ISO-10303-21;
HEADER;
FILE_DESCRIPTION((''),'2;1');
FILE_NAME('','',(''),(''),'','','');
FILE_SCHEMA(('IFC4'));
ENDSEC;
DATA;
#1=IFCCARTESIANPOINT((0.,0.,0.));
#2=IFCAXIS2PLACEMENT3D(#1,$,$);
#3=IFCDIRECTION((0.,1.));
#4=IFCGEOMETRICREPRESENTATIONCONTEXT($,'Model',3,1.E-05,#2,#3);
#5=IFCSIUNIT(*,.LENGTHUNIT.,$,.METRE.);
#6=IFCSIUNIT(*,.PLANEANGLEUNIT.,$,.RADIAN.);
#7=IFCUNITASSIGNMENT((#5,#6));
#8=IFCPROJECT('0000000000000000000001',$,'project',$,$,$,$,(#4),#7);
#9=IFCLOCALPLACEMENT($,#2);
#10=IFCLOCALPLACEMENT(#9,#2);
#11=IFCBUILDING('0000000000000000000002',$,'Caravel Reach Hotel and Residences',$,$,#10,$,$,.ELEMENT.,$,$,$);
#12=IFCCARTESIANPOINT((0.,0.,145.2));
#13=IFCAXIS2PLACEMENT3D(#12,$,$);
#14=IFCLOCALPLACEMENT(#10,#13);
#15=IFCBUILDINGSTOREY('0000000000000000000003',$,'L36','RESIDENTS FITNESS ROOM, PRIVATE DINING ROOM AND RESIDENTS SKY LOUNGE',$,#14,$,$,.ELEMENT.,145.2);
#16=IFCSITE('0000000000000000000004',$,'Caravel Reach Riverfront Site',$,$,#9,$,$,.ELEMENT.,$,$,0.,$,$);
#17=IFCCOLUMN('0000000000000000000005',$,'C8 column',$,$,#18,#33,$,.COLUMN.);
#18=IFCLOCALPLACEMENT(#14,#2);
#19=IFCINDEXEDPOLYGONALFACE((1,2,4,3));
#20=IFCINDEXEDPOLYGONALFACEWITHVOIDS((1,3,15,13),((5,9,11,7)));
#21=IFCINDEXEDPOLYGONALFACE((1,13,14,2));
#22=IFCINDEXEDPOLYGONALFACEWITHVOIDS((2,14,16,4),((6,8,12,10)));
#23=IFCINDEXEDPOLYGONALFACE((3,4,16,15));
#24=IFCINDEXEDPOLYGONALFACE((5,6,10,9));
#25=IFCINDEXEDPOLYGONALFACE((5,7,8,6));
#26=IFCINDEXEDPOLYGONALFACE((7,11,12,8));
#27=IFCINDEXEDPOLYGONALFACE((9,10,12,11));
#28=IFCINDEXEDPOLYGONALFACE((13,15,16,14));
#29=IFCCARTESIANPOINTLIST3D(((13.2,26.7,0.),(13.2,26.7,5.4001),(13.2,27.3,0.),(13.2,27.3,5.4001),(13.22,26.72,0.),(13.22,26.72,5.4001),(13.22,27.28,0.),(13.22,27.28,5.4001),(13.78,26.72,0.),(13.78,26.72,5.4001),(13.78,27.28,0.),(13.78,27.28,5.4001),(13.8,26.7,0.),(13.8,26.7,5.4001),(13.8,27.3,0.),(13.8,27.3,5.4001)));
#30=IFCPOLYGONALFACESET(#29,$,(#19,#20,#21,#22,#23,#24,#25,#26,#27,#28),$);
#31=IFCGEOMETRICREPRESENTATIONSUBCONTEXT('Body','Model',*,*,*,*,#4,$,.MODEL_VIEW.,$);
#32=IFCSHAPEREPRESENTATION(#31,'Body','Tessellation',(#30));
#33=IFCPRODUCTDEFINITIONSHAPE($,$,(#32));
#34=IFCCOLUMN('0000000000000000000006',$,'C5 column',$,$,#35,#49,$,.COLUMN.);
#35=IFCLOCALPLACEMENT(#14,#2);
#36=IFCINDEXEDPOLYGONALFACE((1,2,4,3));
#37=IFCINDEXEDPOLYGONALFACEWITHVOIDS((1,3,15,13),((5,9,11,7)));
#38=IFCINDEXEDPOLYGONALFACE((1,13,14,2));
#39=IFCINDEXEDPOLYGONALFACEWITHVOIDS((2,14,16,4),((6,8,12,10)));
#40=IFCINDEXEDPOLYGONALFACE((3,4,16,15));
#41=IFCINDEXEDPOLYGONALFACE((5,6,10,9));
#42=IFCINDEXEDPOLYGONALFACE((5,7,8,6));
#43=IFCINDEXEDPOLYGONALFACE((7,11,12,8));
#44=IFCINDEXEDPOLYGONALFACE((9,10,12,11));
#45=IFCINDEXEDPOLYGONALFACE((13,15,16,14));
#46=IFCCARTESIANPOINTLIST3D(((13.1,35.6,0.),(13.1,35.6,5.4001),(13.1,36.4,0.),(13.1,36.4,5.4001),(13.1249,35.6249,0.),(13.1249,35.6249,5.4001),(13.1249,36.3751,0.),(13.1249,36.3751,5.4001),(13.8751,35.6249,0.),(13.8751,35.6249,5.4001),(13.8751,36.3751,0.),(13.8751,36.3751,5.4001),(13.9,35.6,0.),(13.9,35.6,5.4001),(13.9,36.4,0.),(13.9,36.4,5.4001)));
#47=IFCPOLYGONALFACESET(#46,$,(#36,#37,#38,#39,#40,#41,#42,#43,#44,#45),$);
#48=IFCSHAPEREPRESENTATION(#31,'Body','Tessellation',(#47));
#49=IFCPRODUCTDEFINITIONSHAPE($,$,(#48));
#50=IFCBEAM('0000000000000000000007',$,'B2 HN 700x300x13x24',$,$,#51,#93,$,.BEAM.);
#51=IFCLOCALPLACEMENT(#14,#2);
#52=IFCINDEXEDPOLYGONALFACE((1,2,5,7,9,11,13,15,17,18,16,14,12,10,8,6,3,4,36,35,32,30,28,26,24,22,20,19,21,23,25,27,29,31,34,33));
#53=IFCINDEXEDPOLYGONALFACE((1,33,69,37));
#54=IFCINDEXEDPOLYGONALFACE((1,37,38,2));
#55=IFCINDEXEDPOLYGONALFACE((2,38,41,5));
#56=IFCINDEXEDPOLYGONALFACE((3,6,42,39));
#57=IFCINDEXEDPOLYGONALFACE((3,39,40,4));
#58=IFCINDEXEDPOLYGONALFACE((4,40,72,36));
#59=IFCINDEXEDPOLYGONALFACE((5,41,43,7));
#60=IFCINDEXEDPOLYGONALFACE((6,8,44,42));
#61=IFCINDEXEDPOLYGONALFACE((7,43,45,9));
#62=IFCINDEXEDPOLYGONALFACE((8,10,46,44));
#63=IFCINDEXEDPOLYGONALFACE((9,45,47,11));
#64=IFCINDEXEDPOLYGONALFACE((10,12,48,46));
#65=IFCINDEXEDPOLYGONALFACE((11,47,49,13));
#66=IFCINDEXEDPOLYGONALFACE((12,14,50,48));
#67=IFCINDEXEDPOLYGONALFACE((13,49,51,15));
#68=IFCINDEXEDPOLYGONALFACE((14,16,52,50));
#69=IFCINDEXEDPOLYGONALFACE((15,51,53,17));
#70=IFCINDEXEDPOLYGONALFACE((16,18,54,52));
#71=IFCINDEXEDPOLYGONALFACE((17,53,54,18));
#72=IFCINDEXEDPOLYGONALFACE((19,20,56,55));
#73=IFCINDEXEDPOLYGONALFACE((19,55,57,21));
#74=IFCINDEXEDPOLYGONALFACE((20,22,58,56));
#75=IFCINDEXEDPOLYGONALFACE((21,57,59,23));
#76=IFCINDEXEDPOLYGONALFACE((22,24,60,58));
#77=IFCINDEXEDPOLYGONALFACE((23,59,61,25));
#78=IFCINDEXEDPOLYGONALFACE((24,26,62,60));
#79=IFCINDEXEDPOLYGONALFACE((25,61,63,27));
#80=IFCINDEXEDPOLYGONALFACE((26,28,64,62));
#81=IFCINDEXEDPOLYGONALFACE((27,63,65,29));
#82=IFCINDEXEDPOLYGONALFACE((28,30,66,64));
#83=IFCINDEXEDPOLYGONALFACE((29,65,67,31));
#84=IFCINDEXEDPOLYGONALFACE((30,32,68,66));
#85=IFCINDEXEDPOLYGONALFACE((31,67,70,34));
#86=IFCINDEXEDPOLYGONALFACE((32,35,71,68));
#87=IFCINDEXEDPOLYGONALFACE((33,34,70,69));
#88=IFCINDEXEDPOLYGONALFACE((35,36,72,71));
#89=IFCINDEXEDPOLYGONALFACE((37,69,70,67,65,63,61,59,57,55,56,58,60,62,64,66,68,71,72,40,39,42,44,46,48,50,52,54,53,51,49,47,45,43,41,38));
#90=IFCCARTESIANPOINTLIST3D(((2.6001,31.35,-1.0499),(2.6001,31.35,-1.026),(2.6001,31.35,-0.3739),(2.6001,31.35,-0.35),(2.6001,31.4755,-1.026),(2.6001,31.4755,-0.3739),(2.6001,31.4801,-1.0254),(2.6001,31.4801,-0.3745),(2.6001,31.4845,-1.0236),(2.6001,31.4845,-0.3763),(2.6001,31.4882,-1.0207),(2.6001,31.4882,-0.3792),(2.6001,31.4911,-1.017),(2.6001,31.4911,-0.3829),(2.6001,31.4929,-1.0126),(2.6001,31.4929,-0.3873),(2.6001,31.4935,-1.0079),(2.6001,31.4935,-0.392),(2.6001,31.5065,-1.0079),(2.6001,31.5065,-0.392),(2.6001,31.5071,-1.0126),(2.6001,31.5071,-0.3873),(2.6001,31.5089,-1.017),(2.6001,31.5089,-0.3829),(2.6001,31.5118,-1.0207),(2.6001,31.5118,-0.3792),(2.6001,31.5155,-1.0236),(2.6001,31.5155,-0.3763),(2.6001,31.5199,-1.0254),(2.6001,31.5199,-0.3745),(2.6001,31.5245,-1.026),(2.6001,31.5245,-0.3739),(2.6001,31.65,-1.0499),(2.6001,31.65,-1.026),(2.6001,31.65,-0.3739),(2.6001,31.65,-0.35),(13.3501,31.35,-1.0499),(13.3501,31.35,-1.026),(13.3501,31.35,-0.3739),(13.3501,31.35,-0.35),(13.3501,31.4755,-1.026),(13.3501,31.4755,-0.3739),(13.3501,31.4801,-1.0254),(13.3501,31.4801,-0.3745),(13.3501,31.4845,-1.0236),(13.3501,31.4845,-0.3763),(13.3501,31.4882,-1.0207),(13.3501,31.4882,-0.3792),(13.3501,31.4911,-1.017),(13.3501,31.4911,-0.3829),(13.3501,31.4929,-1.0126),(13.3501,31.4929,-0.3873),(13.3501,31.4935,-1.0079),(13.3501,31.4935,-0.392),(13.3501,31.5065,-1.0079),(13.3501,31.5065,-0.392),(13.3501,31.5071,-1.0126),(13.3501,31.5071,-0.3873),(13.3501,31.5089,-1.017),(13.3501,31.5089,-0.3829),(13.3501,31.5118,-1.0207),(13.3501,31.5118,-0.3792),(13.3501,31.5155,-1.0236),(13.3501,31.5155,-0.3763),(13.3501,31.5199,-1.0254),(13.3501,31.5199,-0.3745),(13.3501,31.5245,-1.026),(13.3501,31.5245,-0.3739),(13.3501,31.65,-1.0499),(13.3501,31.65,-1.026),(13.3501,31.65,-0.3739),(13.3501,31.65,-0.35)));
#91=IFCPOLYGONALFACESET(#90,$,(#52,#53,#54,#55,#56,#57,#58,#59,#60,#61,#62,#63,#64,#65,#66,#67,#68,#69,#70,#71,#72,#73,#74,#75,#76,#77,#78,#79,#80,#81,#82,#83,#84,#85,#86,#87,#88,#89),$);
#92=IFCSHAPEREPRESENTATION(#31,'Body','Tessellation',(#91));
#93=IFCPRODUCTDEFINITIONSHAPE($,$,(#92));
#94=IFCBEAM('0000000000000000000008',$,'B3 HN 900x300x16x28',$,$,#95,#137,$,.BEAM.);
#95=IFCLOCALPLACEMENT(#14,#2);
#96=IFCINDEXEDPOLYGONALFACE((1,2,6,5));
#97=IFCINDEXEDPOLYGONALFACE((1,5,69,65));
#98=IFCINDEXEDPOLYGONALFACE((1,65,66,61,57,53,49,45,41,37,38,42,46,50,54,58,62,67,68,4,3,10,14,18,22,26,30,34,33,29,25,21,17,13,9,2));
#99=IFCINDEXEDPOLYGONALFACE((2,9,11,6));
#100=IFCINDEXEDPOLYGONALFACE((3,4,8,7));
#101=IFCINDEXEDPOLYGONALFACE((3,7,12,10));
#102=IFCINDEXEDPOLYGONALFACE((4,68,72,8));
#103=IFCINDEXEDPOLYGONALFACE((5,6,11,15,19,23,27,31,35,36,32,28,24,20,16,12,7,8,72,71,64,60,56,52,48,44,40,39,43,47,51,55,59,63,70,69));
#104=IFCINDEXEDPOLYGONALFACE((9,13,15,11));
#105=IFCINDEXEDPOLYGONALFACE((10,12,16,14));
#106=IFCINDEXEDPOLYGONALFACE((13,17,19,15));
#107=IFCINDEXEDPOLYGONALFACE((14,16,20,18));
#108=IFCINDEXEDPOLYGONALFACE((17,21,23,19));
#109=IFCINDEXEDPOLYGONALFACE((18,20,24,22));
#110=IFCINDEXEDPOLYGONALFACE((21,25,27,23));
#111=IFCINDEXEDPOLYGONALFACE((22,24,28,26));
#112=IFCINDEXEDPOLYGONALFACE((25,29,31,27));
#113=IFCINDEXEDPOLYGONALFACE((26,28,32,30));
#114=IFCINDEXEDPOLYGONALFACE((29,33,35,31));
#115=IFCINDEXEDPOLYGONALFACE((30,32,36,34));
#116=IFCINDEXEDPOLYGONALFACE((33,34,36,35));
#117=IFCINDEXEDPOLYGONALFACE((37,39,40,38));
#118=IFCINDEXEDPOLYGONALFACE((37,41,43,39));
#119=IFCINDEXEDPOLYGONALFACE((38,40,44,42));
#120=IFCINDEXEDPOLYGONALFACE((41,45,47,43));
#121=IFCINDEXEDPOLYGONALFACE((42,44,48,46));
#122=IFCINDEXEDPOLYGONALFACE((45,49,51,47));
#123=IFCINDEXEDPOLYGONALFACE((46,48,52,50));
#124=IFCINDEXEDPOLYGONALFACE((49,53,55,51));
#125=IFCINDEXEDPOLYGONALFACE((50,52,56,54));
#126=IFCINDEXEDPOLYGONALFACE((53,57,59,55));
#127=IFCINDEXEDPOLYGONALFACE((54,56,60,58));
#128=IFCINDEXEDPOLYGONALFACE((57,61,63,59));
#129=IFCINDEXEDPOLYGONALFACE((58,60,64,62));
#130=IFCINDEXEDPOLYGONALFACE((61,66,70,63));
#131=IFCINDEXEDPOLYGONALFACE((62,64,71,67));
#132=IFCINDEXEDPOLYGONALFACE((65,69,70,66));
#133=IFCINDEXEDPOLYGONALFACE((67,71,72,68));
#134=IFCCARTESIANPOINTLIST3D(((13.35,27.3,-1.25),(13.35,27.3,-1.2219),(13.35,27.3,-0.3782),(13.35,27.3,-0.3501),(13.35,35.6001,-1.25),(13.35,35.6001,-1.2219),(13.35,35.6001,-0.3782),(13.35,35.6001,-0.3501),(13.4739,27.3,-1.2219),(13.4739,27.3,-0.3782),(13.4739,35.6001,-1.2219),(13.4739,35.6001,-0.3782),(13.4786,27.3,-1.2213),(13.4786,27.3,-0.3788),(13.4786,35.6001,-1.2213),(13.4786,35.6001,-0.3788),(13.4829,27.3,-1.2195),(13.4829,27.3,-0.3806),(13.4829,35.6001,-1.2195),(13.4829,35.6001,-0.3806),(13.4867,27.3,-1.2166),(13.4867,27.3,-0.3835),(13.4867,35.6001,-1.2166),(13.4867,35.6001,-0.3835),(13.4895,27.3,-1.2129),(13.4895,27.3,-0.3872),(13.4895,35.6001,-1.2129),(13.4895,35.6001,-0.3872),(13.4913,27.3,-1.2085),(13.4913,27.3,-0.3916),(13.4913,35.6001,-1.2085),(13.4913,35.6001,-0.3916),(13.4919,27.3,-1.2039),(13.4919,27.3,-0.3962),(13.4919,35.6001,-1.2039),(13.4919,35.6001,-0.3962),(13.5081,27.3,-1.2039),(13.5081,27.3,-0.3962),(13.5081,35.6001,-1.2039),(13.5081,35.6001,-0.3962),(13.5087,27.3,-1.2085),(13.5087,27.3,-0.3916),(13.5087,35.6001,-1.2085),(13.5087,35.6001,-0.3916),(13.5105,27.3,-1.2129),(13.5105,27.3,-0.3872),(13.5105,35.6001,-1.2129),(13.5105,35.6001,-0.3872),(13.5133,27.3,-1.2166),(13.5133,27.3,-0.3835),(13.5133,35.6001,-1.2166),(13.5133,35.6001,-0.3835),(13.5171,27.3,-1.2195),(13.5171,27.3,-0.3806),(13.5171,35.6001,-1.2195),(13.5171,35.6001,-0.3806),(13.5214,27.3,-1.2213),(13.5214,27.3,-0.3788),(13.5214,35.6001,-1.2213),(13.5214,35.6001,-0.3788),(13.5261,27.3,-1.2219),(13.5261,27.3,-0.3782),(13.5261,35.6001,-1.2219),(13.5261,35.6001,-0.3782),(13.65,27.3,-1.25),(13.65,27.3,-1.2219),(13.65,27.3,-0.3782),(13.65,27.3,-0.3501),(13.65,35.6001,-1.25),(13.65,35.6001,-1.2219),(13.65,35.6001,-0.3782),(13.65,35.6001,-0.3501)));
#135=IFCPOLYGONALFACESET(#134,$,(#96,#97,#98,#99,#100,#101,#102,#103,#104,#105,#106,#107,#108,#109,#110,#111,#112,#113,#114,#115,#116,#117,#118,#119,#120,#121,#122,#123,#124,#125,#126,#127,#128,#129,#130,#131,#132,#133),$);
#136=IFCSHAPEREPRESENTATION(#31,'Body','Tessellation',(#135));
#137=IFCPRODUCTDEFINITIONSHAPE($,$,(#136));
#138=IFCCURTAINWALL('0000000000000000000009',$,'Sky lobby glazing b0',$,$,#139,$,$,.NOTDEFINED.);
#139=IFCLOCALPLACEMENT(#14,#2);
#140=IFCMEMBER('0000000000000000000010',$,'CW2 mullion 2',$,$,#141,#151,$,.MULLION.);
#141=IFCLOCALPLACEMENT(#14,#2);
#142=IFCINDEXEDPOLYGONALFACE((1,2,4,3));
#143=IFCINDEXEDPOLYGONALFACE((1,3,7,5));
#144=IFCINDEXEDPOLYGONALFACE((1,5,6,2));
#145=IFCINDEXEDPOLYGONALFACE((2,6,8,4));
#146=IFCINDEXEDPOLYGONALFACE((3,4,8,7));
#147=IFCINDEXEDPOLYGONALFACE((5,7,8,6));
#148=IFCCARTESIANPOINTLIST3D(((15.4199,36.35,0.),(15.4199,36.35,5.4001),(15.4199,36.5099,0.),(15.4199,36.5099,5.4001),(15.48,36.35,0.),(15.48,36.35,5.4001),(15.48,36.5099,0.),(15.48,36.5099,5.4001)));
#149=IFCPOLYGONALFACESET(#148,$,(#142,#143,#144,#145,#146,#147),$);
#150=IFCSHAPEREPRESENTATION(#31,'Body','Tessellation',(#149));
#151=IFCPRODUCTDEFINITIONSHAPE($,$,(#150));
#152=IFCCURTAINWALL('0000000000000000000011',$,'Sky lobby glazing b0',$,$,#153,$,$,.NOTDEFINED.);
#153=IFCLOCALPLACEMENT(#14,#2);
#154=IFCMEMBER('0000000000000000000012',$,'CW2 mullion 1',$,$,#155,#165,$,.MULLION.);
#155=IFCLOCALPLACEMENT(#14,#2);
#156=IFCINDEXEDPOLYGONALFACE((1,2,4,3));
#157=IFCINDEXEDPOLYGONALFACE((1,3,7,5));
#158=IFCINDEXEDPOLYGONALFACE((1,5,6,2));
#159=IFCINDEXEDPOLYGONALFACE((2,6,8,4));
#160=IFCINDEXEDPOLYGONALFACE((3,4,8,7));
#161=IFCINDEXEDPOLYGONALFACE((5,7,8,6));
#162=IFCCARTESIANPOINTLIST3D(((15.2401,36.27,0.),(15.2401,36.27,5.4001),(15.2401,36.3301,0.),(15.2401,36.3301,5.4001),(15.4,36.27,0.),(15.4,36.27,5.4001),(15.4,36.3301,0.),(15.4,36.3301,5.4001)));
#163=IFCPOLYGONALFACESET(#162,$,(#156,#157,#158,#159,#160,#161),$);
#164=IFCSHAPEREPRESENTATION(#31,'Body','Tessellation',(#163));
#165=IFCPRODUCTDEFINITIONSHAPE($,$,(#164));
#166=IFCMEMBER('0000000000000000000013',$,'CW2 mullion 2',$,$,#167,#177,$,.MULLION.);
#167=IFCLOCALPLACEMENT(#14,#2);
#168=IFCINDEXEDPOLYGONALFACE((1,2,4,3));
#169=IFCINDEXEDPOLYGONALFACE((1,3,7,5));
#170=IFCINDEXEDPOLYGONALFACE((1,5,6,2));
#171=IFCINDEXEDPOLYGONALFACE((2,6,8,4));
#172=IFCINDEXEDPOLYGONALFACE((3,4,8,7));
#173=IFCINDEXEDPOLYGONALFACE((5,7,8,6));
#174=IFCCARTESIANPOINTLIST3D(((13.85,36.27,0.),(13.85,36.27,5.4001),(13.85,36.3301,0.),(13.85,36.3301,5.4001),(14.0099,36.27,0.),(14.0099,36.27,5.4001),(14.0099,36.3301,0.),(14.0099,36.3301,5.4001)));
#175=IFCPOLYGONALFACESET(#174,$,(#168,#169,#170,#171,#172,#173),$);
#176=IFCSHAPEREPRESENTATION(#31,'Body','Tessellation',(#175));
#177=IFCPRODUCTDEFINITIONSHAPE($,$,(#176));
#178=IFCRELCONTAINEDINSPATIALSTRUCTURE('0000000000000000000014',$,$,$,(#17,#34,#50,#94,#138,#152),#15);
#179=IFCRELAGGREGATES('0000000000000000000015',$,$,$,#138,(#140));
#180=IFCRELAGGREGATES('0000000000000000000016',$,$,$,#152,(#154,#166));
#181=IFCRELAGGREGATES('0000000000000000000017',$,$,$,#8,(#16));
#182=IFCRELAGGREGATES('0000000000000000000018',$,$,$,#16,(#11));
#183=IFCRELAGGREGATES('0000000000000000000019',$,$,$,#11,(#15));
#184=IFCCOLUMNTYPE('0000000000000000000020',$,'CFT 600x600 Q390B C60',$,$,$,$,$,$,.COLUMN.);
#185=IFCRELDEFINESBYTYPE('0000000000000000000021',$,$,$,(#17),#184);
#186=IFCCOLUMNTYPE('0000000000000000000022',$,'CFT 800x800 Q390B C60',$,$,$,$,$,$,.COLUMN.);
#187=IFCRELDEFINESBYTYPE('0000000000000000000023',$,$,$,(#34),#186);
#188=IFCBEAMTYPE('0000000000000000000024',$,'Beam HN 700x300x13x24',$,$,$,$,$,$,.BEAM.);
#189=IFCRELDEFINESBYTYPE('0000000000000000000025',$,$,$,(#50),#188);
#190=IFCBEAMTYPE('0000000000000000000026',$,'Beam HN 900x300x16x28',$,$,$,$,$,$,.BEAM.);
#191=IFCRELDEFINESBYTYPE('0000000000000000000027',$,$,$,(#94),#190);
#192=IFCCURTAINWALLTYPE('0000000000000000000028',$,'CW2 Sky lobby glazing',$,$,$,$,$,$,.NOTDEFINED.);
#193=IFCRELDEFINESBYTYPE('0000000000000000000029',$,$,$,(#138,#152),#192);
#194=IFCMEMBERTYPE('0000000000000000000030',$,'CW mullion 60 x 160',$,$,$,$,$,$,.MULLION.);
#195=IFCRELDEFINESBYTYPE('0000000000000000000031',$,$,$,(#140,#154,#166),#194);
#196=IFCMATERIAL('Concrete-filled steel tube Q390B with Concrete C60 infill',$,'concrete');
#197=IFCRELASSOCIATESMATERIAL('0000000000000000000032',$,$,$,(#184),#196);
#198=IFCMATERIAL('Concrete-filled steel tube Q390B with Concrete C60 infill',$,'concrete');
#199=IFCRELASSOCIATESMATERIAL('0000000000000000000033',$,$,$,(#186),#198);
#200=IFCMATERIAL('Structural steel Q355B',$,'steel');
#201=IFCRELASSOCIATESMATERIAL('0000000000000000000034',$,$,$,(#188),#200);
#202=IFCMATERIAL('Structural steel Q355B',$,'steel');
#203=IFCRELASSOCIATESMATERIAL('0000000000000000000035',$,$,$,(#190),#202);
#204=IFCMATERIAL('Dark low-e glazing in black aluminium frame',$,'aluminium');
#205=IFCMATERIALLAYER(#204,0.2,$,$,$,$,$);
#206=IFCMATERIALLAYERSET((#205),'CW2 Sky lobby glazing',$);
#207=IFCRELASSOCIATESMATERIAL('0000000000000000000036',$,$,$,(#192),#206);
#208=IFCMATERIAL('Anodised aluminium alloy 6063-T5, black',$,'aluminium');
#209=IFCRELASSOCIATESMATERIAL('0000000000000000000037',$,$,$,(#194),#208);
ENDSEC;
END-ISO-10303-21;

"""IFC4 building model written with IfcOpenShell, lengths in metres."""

from ifc_helpers import new_model, si_unit, direction, frame, origin, origin_2d, place, context, subcontext, project, spatial, rectangle, hollow_rectangle, i_section, extrude, material, layer, layer_set, material_profile, profile_set, type_object, element, aggregate, save


model = new_model("IFC4")

# Units and contexts
model_context = context("Model", 3, precision=1e-05, world=origin(), true_north=direction((0.0, 1.0)))
body_context = subcontext(model_context, "Body", "Model", "MODEL_VIEW")
ifc_project = project(units=[si_unit("LENGTHUNIT", "METRE"), si_unit("PLANEANGLEUNIT", "RADIAN")], contexts=[model_context])

# Site, building, storey
site_placement = place(None, origin())
site = spatial("IfcSite", under=ifc_project, at=site_placement, Name="Caravel Reach Riverfront Site", CompositionType="ELEMENT", RefElevation=0.0)
building_placement = place(site_placement, origin())
building = spatial("IfcBuilding", under=site, at=building_placement, Name="Caravel Reach Hotel and Residences", CompositionType="ELEMENT")
storey_placement = place(building_placement, frame((0.0, 0.0, 145.2)))
storey = spatial("IfcBuildingStorey", under=building, at=storey_placement, Name="L36", Description="RESIDENTS FITNESS ROOM, PRIVATE DINING ROOM AND RESIDENTS SKY LOUNGE", CompositionType="ELEMENT", Elevation=145.2)

# Columns
ifc_material_1 = material(Name="Concrete-filled steel tube Q390B with Concrete C60 infill", Category="concrete")
ifc_material_profile_1 = material_profile(ifc_material_1, hollow_rectangle(XDim=0.6001, YDim=0.6001, WallThickness=0.02, at=origin_2d()), Name="RHS 600x600x20")
ifc_profile_set_1 = profile_set([ifc_material_profile_1], Name="Concrete-filled steel tube Q390B with Concrete C60 infill")
column_type_1 = type_object("IfcColumnType", Name="CFT 600x600 Q390B C60", PredefinedType="COLUMN", material=ifc_profile_set_1)
column_1_placement = place(storey_placement, frame((13.5, 27.0, 0.0), z_axis=(0.0, 0.0, 1.0), x_axis=(1.0, 0.0, 0.0)))
element("IfcColumn", 1, at=column_1_placement, inside=storey, type_object=column_type_1, Name="C8 column", PredefinedType="COLUMN", context=body_context, shape_type="SweptSolid", body=[
    extrude(hollow_rectangle(XDim=0.6001, YDim=0.6001, WallThickness=0.02, at=origin_2d()), origin(), (0.0, 0.0, 1.0), 5.4001),
])
ifc_material_2 = material(Name="Concrete-filled steel tube Q390B with Concrete C60 infill", Category="concrete")
ifc_material_profile_2 = material_profile(ifc_material_2, hollow_rectangle(XDim=0.8, YDim=0.8, WallThickness=0.0249, at=origin_2d()), Name="RHS 800x800x25")
ifc_profile_set_2 = profile_set([ifc_material_profile_2], Name="Concrete-filled steel tube Q390B with Concrete C60 infill")
column_type_2 = type_object("IfcColumnType", Name="CFT 800x800 Q390B C60", PredefinedType="COLUMN", material=ifc_profile_set_2)
column_2_placement = place(storey_placement, frame((13.5, 36.0, 0.0), z_axis=(0.0, 0.0, 1.0), x_axis=(1.0, 0.0, 0.0)))
element("IfcColumn", 2, at=column_2_placement, inside=storey, type_object=column_type_2, Name="C5 column", PredefinedType="COLUMN", context=body_context, shape_type="SweptSolid", body=[
    extrude(hollow_rectangle(XDim=0.8, YDim=0.8, WallThickness=0.0249, at=origin_2d()), origin(), (0.0, 0.0, 1.0), 5.4001),
])

# Beams
ifc_material_3 = material(Name="Structural steel Q355B", Category="steel")
ifc_material_profile_3 = material_profile(ifc_material_3, i_section(OverallWidth=0.3, OverallDepth=0.7, WebThickness=0.0129, FlangeThickness=0.0239, FilletRadius=0.0181, at=origin_2d()), Name="HN 700x300x13x24")
ifc_profile_set_3 = profile_set([ifc_material_profile_3], Name="Structural steel Q355B")
beam_type_1 = type_object("IfcBeamType", Name="Beam HN 700x300x13x24", PredefinedType="BEAM", material=ifc_profile_set_3)
beam_1_placement = place(storey_placement, frame((13.3501, 31.5, -0.7), z_axis=(-1.0, 0.0, 0.0), x_axis=(0.0, -1.0, 0.0)))
element("IfcBeam", 3, at=beam_1_placement, inside=storey, type_object=beam_type_1, Name="B2 HN 700x300x13x24", PredefinedType="BEAM", context=body_context, shape_type="SweptSolid", body=[
    extrude(i_section(OverallWidth=0.3, OverallDepth=0.7, WebThickness=0.0129, FlangeThickness=0.0239, FilletRadius=0.0181, at=origin_2d()), origin(), (0.0, 0.0, 1.0), 10.75),
])
ifc_material_4 = material(Name="Structural steel Q355B", Category="steel")
ifc_material_profile_4 = material_profile(ifc_material_4, i_section(OverallWidth=0.3, OverallDepth=0.8999, WebThickness=0.0161, FlangeThickness=0.0281, FilletRadius=0.0181, at=origin_2d()), Name="HN 900x300x16x28")
ifc_profile_set_4 = profile_set([ifc_material_profile_4], Name="Structural steel Q355B")
beam_type_2 = type_object("IfcBeamType", Name="Beam HN 900x300x16x28", PredefinedType="BEAM", material=ifc_profile_set_4)
beam_2_placement = place(storey_placement, frame((13.5, 27.3, -0.8), z_axis=(0.0, 1.0, 0.0), x_axis=(-1.0, 0.0, 0.0)))
element("IfcBeam", 4, at=beam_2_placement, inside=storey, type_object=beam_type_2, Name="B3 HN 900x300x16x28", PredefinedType="BEAM", context=body_context, shape_type="SweptSolid", body=[
    extrude(i_section(OverallWidth=0.3, OverallDepth=0.8999, WebThickness=0.0161, FlangeThickness=0.0281, FilletRadius=0.0181, at=origin_2d()), origin(), (0.0, 0.0, 1.0), 8.3),
])

# Curtain wall, member
ifc_material_5 = material(Name="Dark low-e glazing in black aluminium frame", Category="aluminium")
ifc_layer_1 = layer(ifc_material_5, 0.2)
ifc_layer_set_1 = layer_set([ifc_layer_1], Name="CW2 Sky lobby glazing")
curtain_wall_type = type_object("IfcCurtainWallType", Name="CW2 Sky lobby glazing", PredefinedType="NOTDEFINED", material=ifc_layer_set_1)
curtain_wall_1_placement = place(storey_placement, origin())
curtain_wall_1 = element("IfcCurtainWall", 5, at=curtain_wall_1_placement, inside=storey, type_object=curtain_wall_type, Name="Sky lobby glazing b0", PredefinedType="NOTDEFINED")
ifc_material_6 = material(Name="Anodised aluminium alloy 6063-T5, black", Category="aluminium")
ifc_material_profile_5 = material_profile(ifc_material_6, rectangle(XDim=0.0601, YDim=0.1599, at=origin_2d()), Name="CW mullion 60 x 160")
ifc_profile_set_5 = profile_set([ifc_material_profile_5], Name="Anodised aluminium alloy 6063-T5, black")
member_type_1 = type_object("IfcMemberType", Name="CW mullion 60 x 160", PredefinedType="MULLION", material=ifc_profile_set_5)
member_1_placement = place(storey_placement, frame((15.45, 36.4299, 0.0), z_axis=(0.0, 0.0, 1.0), x_axis=(1.0, 0.0, 0.0)))
member_1 = element("IfcMember", 6, at=member_1_placement, type_object=member_type_1, Name="CW2 mullion 2", PredefinedType="MULLION", context=body_context, shape_type="SweptSolid", body=[
    extrude(rectangle(XDim=0.0601, YDim=0.1599, at=origin_2d()), origin(), (0.0, 0.0, 1.0), 5.4001),
])

# Curtain wall, members
curtain_wall_2_placement = place(storey_placement, origin())
curtain_wall_2 = element("IfcCurtainWall", 7, at=curtain_wall_2_placement, inside=storey, type_object=curtain_wall_type, Name="Sky lobby glazing b0", PredefinedType="NOTDEFINED")
member_2_placement = place(storey_placement, frame((15.3201, 36.3, 0.0), z_axis=(0.0, 0.0, 1.0), x_axis=(0.0, -1.0, 0.0)))
member_2 = element("IfcMember", 8, at=member_2_placement, type_object=member_type_1, Name="CW2 mullion 1", PredefinedType="MULLION", context=body_context, shape_type="SweptSolid", body=[
    extrude(rectangle(XDim=0.0601, YDim=0.1599, at=origin_2d()), origin(), (0.0, 0.0, 1.0), 5.4001),
])
member_3_placement = place(storey_placement, frame((13.9299, 36.3, 0.0), z_axis=(0.0, 0.0, 1.0), x_axis=(0.0, -1.0, 0.0)))
member_3 = element("IfcMember", 9, at=member_3_placement, type_object=member_type_1, Name="CW2 mullion 2", PredefinedType="MULLION", context=body_context, shape_type="SweptSolid", body=[
    extrude(rectangle(XDim=0.0601, YDim=0.1599, at=origin_2d()), origin(), (0.0, 0.0, 1.0), 5.4001),
])

aggregate(curtain_wall_1, [member_1])
aggregate(curtain_wall_2, [member_2, member_3])

save(model, "model.ifc")
